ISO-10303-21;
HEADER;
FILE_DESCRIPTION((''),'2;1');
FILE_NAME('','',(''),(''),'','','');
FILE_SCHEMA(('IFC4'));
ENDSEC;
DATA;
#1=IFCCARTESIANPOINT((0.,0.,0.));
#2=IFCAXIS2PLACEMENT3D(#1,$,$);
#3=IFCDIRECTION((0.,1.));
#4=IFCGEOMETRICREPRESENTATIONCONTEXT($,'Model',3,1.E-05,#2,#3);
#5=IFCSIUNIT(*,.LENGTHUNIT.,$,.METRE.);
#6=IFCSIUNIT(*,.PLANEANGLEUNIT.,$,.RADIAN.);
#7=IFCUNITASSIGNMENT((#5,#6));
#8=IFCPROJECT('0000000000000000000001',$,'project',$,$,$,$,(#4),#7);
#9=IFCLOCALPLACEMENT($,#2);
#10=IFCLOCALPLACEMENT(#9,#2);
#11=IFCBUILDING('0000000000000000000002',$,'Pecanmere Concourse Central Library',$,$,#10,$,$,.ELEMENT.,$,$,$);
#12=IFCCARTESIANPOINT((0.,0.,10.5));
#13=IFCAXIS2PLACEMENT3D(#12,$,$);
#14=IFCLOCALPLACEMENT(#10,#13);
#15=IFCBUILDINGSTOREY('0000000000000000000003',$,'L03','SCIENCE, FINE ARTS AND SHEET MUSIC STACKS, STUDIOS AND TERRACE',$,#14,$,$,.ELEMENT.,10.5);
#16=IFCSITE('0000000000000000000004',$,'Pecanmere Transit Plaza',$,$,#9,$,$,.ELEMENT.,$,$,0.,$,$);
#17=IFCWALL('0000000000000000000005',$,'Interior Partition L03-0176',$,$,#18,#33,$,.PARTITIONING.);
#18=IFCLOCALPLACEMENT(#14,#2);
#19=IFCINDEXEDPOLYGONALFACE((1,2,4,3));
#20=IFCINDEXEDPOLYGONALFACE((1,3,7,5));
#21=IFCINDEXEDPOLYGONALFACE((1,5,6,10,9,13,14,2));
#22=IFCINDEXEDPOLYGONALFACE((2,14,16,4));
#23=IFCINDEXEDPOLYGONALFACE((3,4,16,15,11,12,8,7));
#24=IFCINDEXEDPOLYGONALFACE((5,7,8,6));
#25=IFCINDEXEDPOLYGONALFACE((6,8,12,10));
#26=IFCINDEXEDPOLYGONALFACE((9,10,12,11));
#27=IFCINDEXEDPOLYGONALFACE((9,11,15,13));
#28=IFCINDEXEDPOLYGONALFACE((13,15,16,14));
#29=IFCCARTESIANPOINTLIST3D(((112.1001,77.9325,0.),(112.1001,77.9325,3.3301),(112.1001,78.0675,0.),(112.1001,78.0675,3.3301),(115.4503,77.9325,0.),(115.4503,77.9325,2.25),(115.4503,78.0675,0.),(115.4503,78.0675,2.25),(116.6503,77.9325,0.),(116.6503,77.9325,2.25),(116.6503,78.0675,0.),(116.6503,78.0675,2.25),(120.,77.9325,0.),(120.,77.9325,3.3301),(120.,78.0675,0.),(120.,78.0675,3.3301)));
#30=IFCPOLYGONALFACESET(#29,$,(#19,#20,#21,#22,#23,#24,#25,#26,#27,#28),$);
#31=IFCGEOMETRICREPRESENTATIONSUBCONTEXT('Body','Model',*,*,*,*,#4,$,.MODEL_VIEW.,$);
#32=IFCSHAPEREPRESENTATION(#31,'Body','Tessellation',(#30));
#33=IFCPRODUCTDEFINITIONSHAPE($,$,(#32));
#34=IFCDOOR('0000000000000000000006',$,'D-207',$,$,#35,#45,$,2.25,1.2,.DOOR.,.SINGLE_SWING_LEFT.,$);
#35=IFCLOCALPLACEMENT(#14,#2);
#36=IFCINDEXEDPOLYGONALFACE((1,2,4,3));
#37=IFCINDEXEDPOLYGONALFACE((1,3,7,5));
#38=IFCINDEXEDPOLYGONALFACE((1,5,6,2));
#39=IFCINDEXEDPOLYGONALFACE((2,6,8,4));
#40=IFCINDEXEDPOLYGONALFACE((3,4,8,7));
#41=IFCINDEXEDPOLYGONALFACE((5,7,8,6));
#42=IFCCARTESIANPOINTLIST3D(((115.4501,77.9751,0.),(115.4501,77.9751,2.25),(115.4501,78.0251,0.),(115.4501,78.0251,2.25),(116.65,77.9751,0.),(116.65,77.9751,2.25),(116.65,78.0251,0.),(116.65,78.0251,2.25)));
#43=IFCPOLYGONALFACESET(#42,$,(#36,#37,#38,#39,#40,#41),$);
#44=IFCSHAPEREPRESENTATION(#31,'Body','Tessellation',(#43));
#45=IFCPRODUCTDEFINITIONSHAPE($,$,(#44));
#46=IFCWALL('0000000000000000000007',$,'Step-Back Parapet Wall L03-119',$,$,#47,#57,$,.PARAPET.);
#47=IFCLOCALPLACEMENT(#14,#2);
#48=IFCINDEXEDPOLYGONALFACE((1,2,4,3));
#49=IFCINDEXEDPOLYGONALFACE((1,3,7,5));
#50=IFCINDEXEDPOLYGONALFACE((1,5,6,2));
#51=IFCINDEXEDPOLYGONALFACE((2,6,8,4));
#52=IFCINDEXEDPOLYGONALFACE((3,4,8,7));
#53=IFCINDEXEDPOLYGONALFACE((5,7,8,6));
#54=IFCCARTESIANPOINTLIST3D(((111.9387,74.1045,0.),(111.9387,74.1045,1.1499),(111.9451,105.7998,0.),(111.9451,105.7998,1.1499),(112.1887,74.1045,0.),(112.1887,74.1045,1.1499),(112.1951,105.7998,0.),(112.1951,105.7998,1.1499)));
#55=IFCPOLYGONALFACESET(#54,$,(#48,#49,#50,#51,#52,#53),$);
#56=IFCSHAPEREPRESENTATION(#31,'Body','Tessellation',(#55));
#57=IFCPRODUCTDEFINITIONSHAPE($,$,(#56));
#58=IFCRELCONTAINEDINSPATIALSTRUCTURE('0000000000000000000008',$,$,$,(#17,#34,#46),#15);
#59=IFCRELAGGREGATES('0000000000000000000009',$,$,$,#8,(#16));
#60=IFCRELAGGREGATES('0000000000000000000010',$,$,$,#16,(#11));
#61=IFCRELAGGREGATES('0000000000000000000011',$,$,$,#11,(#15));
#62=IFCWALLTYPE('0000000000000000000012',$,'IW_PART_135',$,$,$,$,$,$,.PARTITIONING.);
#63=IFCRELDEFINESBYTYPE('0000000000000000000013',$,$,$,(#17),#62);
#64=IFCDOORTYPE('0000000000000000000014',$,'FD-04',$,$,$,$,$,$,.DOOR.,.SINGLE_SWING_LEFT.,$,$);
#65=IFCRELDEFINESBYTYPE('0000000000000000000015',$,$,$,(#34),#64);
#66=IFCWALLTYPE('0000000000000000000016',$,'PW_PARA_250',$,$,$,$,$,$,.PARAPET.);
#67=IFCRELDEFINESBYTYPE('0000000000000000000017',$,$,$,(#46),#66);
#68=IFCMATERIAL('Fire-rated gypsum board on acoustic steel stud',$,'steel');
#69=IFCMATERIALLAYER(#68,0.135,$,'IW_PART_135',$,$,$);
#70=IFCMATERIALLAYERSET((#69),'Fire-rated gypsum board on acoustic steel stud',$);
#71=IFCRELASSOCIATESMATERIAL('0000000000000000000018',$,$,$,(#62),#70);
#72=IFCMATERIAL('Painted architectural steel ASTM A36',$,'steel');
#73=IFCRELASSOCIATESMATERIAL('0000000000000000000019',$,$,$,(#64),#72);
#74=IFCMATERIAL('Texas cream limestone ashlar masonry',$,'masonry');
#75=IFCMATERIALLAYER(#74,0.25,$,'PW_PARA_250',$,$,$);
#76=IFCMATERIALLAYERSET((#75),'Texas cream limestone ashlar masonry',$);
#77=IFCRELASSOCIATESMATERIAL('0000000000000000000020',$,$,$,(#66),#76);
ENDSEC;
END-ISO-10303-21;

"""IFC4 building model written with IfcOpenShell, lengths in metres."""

from ifc_helpers import new_model, si_unit, direction, frame, frame_2d, origin, place, context, subcontext, project, spatial, rectangle, extrude, material, layer, layer_set, type_object, element, fill, save


model = new_model("IFC4")

# Units and contexts
model_context = context("Model", 3, precision=1e-05, world=origin(), true_north=direction((0.0, 1.0)))
body_context = subcontext(model_context, "Body", "Model", "MODEL_VIEW")
ifc_project = project(units=[si_unit("LENGTHUNIT", "METRE"), si_unit("PLANEANGLEUNIT", "RADIAN")], contexts=[model_context])

# Site, building, storey
site_placement = place(None, origin())
site = spatial("IfcSite", under=ifc_project, at=site_placement, Name="Pecanmere Transit Plaza", CompositionType="ELEMENT", RefElevation=0.0)
building_placement = place(site_placement, origin())
building = spatial("IfcBuilding", under=site, at=building_placement, Name="Pecanmere Concourse Central Library", CompositionType="ELEMENT")
storey_placement = place(building_placement, frame((0.0, 0.0, 10.5)))
storey = spatial("IfcBuildingStorey", under=building, at=storey_placement, Name="L03", Description="SCIENCE, FINE ARTS AND SHEET MUSIC STACKS, STUDIOS AND TERRACE", CompositionType="ELEMENT", Elevation=10.5)

# Wall, opening, door
ifc_material_1 = material(Name="Fire-rated gypsum board on acoustic steel stud", Category="steel")
ifc_layer_1 = layer(ifc_material_1, 0.135, Name="IW_PART_135")
ifc_layer_set_1 = layer_set([ifc_layer_1], Name="Fire-rated gypsum board on acoustic steel stud")
wall_type_1 = type_object("IfcWallType", Name="IW_PART_135", PredefinedType="PARTITIONING", material=ifc_layer_set_1)
wall_1_placement = place(storey_placement, frame((112.1001, 78.0, 0.0), z_axis=(0.0, 0.0, 1.0), x_axis=(1.0, 0.0, 0.0)))
wall_1 = element("IfcWall", 1, at=wall_1_placement, inside=storey, type_object=wall_type_1, Name="Interior Partition L03-0176", PredefinedType="PARTITIONING", context=body_context, shape_type="SweptSolid", body=[
    extrude(rectangle(XDim=7.8999, YDim=0.135, at=frame_2d((3.95, 0.0))), origin(), (0.0, 0.0, 1.0), 3.3301),
])
opening_placement = place(wall_1_placement, frame((3.3501, 0.0, 0.0)))
opening = element("IfcOpeningElement", 2, at=opening_placement, cuts=wall_1, PredefinedType="OPENING", context=body_context, shape_type="SweptSolid", body=[
    extrude(rectangle(XDim=1.2, YDim=2.25, at=frame_2d((0.6001, 1.125))), frame((0.0, 0.0796, 0.0), z_axis=(0.0, -1.0, 0.0), x_axis=(1.0, 0.0, 0.0)), (0.0, 0.0, 1.0), 0.1589),
])
ifc_material_2 = material(Name="Painted architectural steel ASTM A36", Category="steel")
door_type = type_object("IfcDoorType", Name="FD-04", OperationType="SINGLE_SWING_LEFT", PredefinedType="DOOR", material=ifc_material_2)
door_placement = place(opening_placement, frame((1.2, 0.0, 0.0), z_axis=(0.0, 0.0, 1.0), x_axis=(-1.0, 0.0, 0.0)))
door = element("IfcDoor", 3, at=door_placement, inside=storey, type_object=door_type, Name="D-207", OperationType="SINGLE_SWING_LEFT", OverallHeight=2.25, OverallWidth=1.2, PredefinedType="DOOR", context=body_context, shape_type="SweptSolid", body=[
    extrude(rectangle(XDim=1.2, YDim=2.25, at=frame_2d((0.6001, 1.125))), frame((0.0, 0.0249, 0.0), z_axis=(0.0, -1.0, 0.0), x_axis=(1.0, 0.0, 0.0)), (0.0, 0.0, 1.0), 0.05),
])
fill(opening, door)

# Wall
ifc_material_3 = material(Name="Texas cream limestone ashlar masonry", Category="masonry")
ifc_layer_2 = layer(ifc_material_3, 0.25, Name="PW_PARA_250")
ifc_layer_set_2 = layer_set([ifc_layer_2], Name="Texas cream limestone ashlar masonry")
wall_type_2 = type_object("IfcWallType", Name="PW_PARA_250", PredefinedType="PARAPET", material=ifc_layer_set_2)
wall_2_placement = place(storey_placement, frame((112.0637, 74.1045, 0.0), z_axis=(0.0, 0.0, 1.0), x_axis=(0.0002, 1.0, 0.0)))
element("IfcWall", 4, at=wall_2_placement, inside=storey, type_object=wall_type_2, Name="Step-Back Parapet Wall L03-119", PredefinedType="PARAPET", context=body_context, shape_type="SweptSolid", body=[
    extrude(rectangle(XDim=31.6953, YDim=0.25, at=frame_2d((15.8477, 0.0))), origin(), (0.0, 0.0, 1.0), 1.1499),
])

save(model, "model.ifc")
